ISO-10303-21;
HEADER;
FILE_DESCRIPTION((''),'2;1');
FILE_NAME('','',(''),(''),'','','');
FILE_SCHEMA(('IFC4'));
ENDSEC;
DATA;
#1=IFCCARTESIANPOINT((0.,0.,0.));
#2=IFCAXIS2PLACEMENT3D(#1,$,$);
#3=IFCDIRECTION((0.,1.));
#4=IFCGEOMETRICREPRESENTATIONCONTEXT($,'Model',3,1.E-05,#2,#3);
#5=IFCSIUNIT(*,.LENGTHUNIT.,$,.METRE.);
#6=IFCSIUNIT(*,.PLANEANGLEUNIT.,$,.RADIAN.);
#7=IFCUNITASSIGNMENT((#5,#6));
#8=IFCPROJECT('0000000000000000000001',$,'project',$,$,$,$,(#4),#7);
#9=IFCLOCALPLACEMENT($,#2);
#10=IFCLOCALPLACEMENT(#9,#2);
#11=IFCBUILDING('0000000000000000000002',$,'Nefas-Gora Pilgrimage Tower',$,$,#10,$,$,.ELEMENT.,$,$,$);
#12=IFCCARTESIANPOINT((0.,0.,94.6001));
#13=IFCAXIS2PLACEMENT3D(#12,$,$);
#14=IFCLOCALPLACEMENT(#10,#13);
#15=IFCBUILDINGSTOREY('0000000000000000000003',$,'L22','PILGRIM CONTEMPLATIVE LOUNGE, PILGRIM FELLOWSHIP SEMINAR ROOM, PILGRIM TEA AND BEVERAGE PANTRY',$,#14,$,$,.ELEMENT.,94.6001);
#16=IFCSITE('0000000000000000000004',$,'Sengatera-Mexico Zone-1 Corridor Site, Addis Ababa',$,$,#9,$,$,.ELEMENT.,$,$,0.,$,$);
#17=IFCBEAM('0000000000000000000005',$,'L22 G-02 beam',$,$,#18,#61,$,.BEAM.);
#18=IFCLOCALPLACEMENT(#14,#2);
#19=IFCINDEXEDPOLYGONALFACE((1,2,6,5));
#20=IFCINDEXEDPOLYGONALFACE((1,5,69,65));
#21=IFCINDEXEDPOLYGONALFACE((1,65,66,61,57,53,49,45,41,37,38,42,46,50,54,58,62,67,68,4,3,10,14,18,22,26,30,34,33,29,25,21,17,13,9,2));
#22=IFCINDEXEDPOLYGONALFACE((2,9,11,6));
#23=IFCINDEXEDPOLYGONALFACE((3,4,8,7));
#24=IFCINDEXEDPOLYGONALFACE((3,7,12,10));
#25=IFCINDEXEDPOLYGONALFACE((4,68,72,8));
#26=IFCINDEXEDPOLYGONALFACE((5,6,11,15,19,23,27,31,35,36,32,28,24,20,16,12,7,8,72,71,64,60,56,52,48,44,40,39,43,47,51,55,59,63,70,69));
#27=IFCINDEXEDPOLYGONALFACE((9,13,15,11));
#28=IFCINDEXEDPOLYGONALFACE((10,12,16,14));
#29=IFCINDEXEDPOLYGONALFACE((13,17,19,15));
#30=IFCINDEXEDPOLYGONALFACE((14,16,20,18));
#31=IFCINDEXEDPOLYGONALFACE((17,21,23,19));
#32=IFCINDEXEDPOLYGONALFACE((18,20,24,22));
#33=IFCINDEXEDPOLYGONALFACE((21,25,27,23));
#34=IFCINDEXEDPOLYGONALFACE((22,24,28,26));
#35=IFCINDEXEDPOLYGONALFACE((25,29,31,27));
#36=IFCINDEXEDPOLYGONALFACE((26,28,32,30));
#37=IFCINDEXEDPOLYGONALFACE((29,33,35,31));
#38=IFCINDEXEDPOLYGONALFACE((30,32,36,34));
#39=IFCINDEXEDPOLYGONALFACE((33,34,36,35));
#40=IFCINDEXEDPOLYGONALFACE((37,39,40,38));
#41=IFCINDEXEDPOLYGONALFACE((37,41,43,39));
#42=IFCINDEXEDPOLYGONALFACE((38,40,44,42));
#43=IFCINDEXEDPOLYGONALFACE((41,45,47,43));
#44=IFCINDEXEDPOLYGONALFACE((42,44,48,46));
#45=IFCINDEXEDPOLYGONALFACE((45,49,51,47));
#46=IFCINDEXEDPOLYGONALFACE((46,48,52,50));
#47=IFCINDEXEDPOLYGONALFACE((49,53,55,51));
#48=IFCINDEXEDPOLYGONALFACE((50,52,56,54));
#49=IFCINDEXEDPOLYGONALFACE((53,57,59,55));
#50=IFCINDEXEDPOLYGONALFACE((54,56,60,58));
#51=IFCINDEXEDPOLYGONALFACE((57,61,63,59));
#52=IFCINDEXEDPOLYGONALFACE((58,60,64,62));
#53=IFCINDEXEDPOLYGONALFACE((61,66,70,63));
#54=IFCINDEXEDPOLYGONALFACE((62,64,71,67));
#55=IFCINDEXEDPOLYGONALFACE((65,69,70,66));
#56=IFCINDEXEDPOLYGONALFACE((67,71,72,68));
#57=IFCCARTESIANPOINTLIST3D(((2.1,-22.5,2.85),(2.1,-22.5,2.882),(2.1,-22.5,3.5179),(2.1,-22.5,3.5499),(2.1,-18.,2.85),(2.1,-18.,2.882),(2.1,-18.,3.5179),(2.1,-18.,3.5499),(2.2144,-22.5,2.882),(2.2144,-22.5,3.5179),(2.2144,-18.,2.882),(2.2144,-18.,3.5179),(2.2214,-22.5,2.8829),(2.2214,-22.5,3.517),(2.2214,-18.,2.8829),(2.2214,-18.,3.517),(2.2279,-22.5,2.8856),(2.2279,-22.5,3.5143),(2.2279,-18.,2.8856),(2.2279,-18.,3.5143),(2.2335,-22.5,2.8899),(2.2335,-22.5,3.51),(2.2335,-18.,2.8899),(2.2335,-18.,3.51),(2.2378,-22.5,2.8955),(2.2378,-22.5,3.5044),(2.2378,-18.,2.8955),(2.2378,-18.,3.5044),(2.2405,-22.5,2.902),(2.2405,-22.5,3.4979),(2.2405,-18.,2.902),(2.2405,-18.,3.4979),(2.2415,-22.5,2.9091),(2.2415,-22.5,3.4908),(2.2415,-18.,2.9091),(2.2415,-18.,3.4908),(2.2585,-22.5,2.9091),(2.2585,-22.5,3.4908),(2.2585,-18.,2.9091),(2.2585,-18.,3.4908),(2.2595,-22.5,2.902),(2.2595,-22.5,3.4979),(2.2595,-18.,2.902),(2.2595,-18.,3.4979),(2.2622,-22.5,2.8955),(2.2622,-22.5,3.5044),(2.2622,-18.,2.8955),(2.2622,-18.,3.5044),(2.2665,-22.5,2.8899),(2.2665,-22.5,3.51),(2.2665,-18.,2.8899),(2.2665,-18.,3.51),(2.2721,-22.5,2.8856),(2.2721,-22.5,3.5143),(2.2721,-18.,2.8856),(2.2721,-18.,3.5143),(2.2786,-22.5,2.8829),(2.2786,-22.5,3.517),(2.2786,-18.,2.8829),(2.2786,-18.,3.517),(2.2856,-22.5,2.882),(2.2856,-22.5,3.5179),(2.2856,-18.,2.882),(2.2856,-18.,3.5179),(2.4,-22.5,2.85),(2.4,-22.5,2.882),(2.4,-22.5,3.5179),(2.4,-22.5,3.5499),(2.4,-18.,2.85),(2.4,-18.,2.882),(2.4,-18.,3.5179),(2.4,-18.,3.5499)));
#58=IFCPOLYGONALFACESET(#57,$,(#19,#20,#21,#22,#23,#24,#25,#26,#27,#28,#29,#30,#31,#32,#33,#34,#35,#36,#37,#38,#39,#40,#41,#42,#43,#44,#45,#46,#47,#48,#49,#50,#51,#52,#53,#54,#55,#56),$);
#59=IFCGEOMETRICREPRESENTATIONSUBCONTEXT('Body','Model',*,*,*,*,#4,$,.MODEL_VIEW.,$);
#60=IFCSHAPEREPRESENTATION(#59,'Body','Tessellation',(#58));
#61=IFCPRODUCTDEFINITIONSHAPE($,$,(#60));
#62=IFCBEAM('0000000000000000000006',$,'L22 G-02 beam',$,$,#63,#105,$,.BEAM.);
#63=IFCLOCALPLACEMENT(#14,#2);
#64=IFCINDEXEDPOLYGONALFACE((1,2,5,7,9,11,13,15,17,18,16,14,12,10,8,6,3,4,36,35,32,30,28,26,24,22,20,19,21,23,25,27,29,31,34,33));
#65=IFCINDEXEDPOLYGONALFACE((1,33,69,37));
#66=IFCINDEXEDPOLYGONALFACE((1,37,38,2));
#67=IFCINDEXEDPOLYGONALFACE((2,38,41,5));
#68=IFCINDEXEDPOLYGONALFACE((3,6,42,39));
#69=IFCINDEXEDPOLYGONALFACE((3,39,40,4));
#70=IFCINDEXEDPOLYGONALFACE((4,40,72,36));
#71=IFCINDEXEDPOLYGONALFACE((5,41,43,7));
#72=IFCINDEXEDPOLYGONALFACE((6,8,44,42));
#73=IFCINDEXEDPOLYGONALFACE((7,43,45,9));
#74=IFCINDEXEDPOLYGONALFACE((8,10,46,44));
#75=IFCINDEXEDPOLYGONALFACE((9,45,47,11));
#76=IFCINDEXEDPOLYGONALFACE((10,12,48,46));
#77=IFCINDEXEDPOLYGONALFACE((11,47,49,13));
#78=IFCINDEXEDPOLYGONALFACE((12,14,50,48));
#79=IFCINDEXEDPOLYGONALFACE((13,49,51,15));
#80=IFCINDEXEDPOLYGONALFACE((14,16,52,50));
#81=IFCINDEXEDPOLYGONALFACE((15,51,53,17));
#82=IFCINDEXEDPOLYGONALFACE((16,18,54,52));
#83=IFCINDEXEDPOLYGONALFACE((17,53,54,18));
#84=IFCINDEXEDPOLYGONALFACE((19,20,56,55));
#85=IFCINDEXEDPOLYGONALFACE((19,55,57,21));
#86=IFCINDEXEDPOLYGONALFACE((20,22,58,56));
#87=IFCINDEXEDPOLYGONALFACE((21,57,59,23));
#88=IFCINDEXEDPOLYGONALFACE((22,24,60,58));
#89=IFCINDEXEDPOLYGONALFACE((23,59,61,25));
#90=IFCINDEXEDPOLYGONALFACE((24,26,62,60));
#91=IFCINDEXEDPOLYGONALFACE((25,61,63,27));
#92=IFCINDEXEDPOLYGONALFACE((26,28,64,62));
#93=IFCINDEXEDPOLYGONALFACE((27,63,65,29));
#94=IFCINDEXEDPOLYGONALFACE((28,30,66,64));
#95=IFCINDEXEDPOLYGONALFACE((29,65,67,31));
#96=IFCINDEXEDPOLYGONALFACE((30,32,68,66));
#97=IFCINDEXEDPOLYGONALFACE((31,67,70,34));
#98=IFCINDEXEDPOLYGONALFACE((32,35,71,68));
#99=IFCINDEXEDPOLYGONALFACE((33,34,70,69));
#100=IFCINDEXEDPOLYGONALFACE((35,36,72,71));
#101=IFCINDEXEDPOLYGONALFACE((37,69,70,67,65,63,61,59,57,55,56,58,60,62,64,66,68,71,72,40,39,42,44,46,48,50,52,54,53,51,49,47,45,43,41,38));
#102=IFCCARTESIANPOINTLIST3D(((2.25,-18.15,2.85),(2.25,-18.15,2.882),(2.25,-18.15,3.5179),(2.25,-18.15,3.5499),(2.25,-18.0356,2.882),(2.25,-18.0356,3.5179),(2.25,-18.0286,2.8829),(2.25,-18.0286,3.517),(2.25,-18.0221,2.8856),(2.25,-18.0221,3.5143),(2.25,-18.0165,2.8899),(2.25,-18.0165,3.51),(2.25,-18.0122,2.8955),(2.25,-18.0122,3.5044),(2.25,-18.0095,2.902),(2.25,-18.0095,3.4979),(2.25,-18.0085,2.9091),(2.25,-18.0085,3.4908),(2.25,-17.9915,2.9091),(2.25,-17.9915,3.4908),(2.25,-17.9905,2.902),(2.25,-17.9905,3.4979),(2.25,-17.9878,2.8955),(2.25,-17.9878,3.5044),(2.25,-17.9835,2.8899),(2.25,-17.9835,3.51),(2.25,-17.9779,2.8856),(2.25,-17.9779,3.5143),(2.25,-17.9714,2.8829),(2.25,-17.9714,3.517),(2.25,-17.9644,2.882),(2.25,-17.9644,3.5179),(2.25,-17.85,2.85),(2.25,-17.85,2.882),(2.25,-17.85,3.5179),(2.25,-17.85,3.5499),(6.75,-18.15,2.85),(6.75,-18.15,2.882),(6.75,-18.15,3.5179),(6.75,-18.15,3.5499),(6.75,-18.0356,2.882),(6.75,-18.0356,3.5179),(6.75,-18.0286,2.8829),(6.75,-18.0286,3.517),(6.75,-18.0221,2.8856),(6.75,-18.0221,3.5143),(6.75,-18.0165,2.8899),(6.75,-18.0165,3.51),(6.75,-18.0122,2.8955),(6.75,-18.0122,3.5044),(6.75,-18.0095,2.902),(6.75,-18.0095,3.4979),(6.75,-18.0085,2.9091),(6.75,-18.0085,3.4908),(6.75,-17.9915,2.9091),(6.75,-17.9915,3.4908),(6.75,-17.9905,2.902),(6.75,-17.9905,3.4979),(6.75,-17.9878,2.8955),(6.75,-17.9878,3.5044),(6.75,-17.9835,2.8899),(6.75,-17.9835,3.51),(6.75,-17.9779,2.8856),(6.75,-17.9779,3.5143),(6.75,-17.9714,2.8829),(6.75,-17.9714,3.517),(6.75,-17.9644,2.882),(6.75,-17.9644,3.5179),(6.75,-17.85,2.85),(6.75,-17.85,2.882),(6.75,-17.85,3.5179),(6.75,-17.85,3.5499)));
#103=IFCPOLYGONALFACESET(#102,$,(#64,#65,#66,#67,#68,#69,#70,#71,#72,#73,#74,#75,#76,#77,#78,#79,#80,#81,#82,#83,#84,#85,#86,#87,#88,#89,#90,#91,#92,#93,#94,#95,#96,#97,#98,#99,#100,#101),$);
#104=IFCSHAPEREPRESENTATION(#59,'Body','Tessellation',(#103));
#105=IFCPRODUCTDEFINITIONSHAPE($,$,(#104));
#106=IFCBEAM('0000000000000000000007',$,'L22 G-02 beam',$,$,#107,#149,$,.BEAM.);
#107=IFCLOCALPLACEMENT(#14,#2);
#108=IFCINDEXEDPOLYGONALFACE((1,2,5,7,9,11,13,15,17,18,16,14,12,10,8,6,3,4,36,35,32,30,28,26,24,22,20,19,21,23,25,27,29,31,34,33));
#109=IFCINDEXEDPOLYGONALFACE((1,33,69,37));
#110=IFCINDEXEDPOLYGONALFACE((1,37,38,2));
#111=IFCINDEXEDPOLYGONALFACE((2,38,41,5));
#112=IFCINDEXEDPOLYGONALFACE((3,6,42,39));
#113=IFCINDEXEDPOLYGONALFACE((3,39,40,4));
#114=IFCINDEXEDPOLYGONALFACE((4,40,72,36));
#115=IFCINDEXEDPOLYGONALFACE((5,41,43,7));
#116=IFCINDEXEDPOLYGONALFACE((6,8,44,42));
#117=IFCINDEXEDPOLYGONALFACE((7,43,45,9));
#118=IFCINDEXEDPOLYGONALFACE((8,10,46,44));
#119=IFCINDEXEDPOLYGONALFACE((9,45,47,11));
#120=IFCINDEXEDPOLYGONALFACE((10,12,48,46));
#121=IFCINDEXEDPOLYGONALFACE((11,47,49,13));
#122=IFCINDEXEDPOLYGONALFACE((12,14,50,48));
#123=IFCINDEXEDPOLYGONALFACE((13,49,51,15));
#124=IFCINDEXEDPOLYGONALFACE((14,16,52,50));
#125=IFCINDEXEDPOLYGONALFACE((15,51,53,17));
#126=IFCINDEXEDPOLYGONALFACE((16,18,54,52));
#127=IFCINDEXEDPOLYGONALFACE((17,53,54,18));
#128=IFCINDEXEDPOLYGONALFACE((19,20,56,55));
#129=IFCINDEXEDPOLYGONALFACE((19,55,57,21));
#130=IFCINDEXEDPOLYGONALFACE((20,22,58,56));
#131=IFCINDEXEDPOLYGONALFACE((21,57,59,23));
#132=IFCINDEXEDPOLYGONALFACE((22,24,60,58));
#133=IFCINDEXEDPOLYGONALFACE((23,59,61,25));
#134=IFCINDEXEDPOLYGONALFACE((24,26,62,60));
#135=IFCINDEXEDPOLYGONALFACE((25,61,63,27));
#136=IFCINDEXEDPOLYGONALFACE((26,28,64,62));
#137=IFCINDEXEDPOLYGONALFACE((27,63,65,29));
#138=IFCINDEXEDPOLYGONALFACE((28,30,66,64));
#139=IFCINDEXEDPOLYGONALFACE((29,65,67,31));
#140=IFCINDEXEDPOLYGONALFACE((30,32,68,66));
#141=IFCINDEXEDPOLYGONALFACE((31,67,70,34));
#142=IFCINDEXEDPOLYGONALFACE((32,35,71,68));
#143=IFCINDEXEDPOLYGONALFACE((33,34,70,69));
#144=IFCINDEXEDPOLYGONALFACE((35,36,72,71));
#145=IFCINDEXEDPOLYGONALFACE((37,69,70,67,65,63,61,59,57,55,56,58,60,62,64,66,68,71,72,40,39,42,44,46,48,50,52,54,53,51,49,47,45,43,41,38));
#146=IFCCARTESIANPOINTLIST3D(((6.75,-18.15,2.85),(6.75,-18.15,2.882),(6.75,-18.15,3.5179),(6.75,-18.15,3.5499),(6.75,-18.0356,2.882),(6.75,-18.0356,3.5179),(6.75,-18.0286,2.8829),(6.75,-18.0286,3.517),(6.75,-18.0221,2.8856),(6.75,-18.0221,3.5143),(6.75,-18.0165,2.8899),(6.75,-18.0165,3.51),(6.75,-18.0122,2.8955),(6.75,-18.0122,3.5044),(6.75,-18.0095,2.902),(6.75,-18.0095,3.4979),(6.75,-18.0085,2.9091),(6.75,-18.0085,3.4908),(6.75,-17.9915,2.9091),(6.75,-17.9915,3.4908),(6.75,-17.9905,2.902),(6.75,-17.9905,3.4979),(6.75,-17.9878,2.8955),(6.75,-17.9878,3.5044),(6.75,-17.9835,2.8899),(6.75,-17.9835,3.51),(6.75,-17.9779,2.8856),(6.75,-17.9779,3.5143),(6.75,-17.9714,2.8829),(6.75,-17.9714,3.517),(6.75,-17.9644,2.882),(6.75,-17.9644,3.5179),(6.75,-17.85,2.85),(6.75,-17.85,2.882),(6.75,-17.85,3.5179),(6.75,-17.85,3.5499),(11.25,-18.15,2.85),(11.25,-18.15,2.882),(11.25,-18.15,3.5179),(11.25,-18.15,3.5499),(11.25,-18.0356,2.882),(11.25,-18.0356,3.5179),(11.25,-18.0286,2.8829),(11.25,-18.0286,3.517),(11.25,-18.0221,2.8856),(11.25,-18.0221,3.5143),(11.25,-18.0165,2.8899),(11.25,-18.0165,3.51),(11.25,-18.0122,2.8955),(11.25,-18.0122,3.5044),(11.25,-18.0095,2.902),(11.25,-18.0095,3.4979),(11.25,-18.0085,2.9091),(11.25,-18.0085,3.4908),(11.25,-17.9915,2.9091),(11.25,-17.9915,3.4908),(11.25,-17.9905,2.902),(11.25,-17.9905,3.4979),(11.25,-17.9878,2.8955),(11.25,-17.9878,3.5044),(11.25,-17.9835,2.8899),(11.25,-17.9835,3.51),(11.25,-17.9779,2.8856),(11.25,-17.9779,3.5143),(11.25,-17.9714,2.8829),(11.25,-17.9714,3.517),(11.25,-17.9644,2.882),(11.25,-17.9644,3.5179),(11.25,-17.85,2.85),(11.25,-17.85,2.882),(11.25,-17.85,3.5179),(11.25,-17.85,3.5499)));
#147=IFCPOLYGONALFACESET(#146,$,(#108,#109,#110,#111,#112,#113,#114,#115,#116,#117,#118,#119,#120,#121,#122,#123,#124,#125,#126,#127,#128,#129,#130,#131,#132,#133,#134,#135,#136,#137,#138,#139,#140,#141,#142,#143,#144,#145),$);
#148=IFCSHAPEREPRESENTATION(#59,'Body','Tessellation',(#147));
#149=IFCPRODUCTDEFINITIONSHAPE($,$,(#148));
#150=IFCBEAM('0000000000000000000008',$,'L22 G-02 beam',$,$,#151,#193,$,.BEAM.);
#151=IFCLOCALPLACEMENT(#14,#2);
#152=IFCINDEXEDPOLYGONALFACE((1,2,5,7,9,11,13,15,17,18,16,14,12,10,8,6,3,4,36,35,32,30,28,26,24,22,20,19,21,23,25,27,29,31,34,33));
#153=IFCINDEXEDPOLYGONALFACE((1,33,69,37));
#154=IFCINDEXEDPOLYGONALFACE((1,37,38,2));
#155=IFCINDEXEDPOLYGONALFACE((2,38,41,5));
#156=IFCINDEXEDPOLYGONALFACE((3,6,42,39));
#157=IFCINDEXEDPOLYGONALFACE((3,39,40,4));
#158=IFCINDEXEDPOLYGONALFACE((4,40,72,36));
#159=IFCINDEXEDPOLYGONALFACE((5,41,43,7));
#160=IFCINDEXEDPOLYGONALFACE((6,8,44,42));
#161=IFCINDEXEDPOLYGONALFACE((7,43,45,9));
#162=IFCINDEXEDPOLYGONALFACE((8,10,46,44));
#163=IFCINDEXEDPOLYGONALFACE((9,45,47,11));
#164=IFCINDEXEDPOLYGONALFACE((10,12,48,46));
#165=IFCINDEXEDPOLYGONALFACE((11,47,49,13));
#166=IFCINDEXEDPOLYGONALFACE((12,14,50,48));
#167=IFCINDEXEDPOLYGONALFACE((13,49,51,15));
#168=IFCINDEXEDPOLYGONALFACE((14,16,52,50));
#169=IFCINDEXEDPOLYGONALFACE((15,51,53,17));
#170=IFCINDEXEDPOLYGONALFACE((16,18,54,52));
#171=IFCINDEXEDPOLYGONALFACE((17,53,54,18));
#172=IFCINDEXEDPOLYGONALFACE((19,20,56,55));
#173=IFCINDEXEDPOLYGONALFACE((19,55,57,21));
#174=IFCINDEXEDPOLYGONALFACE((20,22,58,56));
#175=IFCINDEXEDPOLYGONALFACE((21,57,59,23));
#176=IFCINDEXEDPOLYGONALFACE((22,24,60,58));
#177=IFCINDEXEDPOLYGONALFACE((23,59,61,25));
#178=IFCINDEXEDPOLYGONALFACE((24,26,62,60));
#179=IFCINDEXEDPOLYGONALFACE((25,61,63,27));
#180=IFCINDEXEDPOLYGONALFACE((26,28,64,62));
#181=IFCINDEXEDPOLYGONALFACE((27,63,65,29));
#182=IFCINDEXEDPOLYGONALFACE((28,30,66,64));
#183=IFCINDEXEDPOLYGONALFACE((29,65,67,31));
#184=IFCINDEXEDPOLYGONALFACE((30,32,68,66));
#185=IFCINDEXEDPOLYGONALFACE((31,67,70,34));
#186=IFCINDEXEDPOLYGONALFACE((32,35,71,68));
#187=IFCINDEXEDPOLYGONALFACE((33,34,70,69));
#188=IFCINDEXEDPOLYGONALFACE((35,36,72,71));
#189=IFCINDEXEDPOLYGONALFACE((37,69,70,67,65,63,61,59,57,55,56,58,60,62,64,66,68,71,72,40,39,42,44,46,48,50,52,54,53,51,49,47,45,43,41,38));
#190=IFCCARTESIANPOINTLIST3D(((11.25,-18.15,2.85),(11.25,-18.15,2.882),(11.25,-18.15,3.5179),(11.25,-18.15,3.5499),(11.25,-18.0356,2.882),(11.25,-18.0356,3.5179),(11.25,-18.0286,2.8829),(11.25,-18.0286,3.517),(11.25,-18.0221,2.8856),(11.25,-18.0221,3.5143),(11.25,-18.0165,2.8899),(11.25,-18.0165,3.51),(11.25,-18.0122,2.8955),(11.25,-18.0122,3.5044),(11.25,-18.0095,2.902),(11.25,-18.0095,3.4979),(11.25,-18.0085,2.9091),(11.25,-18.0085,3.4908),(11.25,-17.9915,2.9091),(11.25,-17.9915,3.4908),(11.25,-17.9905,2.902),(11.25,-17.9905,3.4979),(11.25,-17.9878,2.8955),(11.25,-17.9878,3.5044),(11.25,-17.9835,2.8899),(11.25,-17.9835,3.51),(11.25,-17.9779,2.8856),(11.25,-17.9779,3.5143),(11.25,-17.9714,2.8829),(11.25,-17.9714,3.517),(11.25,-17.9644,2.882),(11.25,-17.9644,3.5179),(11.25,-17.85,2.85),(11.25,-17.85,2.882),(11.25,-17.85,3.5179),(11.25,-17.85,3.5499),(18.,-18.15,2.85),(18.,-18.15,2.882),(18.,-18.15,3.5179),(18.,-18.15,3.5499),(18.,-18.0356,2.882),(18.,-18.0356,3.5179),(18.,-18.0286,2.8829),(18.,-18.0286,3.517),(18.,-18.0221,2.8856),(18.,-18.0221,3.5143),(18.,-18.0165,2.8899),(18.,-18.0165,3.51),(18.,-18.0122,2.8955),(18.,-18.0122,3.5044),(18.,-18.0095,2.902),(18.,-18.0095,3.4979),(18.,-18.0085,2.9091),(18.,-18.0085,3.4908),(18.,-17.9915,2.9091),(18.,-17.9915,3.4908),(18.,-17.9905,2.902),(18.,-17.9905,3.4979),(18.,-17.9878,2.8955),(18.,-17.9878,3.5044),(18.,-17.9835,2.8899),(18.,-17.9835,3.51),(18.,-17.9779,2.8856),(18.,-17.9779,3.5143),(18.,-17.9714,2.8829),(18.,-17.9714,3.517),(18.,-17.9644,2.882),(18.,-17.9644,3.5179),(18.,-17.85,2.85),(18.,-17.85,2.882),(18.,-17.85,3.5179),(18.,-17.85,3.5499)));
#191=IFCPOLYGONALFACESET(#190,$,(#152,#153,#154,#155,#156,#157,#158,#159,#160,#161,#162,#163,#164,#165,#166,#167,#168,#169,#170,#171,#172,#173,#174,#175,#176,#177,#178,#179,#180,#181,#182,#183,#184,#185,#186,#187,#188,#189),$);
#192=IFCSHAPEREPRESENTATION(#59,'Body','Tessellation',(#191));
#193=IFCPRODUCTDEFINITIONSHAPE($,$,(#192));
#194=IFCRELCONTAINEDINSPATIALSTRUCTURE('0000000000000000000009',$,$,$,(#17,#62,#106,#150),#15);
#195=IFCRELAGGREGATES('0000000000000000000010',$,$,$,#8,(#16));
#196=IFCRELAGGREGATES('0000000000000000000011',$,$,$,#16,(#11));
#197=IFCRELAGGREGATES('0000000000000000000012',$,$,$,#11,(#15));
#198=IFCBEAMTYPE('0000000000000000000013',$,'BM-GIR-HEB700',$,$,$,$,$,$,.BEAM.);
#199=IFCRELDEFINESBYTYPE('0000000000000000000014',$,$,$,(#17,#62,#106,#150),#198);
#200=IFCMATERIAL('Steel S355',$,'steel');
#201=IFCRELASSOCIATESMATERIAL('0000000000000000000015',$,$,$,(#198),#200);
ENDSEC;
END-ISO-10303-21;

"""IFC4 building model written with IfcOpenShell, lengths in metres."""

from ifc_helpers import new_model, si_unit, direction, frame, origin, origin_2d, place, context, subcontext, project, spatial, i_section, extrude, source, transform, mapped, material, material_profile, profile_set, type_object, element, save


model = new_model("IFC4")

# Units and contexts
model_context = context("Model", 3, precision=1e-05, world=origin(), true_north=direction((0.0, 1.0)))
body_context = subcontext(model_context, "Body", "Model", "MODEL_VIEW")
ifc_project = project(units=[si_unit("LENGTHUNIT", "METRE"), si_unit("PLANEANGLEUNIT", "RADIAN")], contexts=[model_context])

# Site, building, storey
site_placement = place(None, origin())
site = spatial("IfcSite", under=ifc_project, at=site_placement, Name="Sengatera-Mexico Zone-1 Corridor Site, Addis Ababa", CompositionType="ELEMENT", RefElevation=0.0)
building_placement = place(site_placement, origin())
building = spatial("IfcBuilding", under=site, at=building_placement, Name="Nefas-Gora Pilgrimage Tower", CompositionType="ELEMENT")
storey_placement = place(building_placement, frame((0.0, 0.0, 94.6001)))
storey = spatial("IfcBuildingStorey", under=building, at=storey_placement, Name="L22", Description="PILGRIM CONTEMPLATIVE LOUNGE, PILGRIM FELLOWSHIP SEMINAR ROOM, PILGRIM TEA AND BEVERAGE PANTRY", CompositionType="ELEMENT", Elevation=94.6001)

# Beams
ifc_material_1 = material(Name="Steel S355", Category="steel")
ifc_material_profile_1 = material_profile(ifc_material_1, i_section(OverallWidth=0.3, OverallDepth=0.7, WebThickness=0.0171, FlangeThickness=0.032, FilletRadius=0.0271, at=origin_2d()), Name="HEB 700")
ifc_profile_set_1 = profile_set([ifc_material_profile_1], Name="Steel S355")
beam_type_1 = type_object("IfcBeamType", Name="BM-GIR-HEB700", PredefinedType="BEAM", material=ifc_profile_set_1)
shared_shape_1 = source(origin(), body_context, "Body", "SweptSolid", [
    extrude(i_section(OverallWidth=0.3, OverallDepth=0.7, WebThickness=0.0171, FlangeThickness=0.032, FilletRadius=0.0271, at=origin_2d()), origin(), (0.0, 0.0, 1.0), 4.5),
])
for number, where, z_axis, x_axis, name in (
    (1, (2.25, -22.5, 3.2), (0.0, 1.0, 0.0), (-1.0, 0.0, 0.0), "L22 G-02 beam"),
    (2, (2.25, -18.0, 3.2), (1.0, 0.0, 0.0), (0.0, 1.0, 0.0), "L22 G-02 beam"),
    (3, (6.75, -18.0, 3.2), (1.0, 0.0, 0.0), (0.0, 1.0, 0.0), "L22 G-02 beam"),
):
    element("IfcBeam", number, at=place(storey_placement, frame(where, z_axis=z_axis, x_axis=x_axis)), inside=storey, type_object=beam_type_1, Name=name, PredefinedType="BEAM", context=body_context, shape_type="MappedRepresentation", body=[
        mapped(shared_shape_1, transform((0.0, 0.0, 0.0), x_axis=(1.0, 0.0, 0.0), y_axis=(0.0, 1.0, 0.0), z_axis=(0.0, 0.0, 1.0), scale=1.0)),
    ])
shared_shape_2 = source(origin(), body_context, "Body", "SweptSolid", [
    extrude(i_section(OverallWidth=0.3, OverallDepth=0.7, WebThickness=0.0171, FlangeThickness=0.032, FilletRadius=0.0271, at=origin_2d()), origin(), (0.0, 0.0, 1.0), 6.75),
])
beam_1_placement = place(storey_placement, frame((11.25, -18.0, 3.2), z_axis=(1.0, 0.0, 0.0), x_axis=(0.0, 1.0, 0.0)))
element("IfcBeam", 4, at=beam_1_placement, inside=storey, type_object=beam_type_1, Name="L22 G-02 beam", PredefinedType="BEAM", context=body_context, shape_type="MappedRepresentation", body=[
    mapped(shared_shape_2, transform((0.0, 0.0, 0.0), x_axis=(1.0, 0.0, 0.0), y_axis=(0.0, 1.0, 0.0), z_axis=(0.0, 0.0, 1.0), scale=1.0)),
])

save(model, "model.ifc")
